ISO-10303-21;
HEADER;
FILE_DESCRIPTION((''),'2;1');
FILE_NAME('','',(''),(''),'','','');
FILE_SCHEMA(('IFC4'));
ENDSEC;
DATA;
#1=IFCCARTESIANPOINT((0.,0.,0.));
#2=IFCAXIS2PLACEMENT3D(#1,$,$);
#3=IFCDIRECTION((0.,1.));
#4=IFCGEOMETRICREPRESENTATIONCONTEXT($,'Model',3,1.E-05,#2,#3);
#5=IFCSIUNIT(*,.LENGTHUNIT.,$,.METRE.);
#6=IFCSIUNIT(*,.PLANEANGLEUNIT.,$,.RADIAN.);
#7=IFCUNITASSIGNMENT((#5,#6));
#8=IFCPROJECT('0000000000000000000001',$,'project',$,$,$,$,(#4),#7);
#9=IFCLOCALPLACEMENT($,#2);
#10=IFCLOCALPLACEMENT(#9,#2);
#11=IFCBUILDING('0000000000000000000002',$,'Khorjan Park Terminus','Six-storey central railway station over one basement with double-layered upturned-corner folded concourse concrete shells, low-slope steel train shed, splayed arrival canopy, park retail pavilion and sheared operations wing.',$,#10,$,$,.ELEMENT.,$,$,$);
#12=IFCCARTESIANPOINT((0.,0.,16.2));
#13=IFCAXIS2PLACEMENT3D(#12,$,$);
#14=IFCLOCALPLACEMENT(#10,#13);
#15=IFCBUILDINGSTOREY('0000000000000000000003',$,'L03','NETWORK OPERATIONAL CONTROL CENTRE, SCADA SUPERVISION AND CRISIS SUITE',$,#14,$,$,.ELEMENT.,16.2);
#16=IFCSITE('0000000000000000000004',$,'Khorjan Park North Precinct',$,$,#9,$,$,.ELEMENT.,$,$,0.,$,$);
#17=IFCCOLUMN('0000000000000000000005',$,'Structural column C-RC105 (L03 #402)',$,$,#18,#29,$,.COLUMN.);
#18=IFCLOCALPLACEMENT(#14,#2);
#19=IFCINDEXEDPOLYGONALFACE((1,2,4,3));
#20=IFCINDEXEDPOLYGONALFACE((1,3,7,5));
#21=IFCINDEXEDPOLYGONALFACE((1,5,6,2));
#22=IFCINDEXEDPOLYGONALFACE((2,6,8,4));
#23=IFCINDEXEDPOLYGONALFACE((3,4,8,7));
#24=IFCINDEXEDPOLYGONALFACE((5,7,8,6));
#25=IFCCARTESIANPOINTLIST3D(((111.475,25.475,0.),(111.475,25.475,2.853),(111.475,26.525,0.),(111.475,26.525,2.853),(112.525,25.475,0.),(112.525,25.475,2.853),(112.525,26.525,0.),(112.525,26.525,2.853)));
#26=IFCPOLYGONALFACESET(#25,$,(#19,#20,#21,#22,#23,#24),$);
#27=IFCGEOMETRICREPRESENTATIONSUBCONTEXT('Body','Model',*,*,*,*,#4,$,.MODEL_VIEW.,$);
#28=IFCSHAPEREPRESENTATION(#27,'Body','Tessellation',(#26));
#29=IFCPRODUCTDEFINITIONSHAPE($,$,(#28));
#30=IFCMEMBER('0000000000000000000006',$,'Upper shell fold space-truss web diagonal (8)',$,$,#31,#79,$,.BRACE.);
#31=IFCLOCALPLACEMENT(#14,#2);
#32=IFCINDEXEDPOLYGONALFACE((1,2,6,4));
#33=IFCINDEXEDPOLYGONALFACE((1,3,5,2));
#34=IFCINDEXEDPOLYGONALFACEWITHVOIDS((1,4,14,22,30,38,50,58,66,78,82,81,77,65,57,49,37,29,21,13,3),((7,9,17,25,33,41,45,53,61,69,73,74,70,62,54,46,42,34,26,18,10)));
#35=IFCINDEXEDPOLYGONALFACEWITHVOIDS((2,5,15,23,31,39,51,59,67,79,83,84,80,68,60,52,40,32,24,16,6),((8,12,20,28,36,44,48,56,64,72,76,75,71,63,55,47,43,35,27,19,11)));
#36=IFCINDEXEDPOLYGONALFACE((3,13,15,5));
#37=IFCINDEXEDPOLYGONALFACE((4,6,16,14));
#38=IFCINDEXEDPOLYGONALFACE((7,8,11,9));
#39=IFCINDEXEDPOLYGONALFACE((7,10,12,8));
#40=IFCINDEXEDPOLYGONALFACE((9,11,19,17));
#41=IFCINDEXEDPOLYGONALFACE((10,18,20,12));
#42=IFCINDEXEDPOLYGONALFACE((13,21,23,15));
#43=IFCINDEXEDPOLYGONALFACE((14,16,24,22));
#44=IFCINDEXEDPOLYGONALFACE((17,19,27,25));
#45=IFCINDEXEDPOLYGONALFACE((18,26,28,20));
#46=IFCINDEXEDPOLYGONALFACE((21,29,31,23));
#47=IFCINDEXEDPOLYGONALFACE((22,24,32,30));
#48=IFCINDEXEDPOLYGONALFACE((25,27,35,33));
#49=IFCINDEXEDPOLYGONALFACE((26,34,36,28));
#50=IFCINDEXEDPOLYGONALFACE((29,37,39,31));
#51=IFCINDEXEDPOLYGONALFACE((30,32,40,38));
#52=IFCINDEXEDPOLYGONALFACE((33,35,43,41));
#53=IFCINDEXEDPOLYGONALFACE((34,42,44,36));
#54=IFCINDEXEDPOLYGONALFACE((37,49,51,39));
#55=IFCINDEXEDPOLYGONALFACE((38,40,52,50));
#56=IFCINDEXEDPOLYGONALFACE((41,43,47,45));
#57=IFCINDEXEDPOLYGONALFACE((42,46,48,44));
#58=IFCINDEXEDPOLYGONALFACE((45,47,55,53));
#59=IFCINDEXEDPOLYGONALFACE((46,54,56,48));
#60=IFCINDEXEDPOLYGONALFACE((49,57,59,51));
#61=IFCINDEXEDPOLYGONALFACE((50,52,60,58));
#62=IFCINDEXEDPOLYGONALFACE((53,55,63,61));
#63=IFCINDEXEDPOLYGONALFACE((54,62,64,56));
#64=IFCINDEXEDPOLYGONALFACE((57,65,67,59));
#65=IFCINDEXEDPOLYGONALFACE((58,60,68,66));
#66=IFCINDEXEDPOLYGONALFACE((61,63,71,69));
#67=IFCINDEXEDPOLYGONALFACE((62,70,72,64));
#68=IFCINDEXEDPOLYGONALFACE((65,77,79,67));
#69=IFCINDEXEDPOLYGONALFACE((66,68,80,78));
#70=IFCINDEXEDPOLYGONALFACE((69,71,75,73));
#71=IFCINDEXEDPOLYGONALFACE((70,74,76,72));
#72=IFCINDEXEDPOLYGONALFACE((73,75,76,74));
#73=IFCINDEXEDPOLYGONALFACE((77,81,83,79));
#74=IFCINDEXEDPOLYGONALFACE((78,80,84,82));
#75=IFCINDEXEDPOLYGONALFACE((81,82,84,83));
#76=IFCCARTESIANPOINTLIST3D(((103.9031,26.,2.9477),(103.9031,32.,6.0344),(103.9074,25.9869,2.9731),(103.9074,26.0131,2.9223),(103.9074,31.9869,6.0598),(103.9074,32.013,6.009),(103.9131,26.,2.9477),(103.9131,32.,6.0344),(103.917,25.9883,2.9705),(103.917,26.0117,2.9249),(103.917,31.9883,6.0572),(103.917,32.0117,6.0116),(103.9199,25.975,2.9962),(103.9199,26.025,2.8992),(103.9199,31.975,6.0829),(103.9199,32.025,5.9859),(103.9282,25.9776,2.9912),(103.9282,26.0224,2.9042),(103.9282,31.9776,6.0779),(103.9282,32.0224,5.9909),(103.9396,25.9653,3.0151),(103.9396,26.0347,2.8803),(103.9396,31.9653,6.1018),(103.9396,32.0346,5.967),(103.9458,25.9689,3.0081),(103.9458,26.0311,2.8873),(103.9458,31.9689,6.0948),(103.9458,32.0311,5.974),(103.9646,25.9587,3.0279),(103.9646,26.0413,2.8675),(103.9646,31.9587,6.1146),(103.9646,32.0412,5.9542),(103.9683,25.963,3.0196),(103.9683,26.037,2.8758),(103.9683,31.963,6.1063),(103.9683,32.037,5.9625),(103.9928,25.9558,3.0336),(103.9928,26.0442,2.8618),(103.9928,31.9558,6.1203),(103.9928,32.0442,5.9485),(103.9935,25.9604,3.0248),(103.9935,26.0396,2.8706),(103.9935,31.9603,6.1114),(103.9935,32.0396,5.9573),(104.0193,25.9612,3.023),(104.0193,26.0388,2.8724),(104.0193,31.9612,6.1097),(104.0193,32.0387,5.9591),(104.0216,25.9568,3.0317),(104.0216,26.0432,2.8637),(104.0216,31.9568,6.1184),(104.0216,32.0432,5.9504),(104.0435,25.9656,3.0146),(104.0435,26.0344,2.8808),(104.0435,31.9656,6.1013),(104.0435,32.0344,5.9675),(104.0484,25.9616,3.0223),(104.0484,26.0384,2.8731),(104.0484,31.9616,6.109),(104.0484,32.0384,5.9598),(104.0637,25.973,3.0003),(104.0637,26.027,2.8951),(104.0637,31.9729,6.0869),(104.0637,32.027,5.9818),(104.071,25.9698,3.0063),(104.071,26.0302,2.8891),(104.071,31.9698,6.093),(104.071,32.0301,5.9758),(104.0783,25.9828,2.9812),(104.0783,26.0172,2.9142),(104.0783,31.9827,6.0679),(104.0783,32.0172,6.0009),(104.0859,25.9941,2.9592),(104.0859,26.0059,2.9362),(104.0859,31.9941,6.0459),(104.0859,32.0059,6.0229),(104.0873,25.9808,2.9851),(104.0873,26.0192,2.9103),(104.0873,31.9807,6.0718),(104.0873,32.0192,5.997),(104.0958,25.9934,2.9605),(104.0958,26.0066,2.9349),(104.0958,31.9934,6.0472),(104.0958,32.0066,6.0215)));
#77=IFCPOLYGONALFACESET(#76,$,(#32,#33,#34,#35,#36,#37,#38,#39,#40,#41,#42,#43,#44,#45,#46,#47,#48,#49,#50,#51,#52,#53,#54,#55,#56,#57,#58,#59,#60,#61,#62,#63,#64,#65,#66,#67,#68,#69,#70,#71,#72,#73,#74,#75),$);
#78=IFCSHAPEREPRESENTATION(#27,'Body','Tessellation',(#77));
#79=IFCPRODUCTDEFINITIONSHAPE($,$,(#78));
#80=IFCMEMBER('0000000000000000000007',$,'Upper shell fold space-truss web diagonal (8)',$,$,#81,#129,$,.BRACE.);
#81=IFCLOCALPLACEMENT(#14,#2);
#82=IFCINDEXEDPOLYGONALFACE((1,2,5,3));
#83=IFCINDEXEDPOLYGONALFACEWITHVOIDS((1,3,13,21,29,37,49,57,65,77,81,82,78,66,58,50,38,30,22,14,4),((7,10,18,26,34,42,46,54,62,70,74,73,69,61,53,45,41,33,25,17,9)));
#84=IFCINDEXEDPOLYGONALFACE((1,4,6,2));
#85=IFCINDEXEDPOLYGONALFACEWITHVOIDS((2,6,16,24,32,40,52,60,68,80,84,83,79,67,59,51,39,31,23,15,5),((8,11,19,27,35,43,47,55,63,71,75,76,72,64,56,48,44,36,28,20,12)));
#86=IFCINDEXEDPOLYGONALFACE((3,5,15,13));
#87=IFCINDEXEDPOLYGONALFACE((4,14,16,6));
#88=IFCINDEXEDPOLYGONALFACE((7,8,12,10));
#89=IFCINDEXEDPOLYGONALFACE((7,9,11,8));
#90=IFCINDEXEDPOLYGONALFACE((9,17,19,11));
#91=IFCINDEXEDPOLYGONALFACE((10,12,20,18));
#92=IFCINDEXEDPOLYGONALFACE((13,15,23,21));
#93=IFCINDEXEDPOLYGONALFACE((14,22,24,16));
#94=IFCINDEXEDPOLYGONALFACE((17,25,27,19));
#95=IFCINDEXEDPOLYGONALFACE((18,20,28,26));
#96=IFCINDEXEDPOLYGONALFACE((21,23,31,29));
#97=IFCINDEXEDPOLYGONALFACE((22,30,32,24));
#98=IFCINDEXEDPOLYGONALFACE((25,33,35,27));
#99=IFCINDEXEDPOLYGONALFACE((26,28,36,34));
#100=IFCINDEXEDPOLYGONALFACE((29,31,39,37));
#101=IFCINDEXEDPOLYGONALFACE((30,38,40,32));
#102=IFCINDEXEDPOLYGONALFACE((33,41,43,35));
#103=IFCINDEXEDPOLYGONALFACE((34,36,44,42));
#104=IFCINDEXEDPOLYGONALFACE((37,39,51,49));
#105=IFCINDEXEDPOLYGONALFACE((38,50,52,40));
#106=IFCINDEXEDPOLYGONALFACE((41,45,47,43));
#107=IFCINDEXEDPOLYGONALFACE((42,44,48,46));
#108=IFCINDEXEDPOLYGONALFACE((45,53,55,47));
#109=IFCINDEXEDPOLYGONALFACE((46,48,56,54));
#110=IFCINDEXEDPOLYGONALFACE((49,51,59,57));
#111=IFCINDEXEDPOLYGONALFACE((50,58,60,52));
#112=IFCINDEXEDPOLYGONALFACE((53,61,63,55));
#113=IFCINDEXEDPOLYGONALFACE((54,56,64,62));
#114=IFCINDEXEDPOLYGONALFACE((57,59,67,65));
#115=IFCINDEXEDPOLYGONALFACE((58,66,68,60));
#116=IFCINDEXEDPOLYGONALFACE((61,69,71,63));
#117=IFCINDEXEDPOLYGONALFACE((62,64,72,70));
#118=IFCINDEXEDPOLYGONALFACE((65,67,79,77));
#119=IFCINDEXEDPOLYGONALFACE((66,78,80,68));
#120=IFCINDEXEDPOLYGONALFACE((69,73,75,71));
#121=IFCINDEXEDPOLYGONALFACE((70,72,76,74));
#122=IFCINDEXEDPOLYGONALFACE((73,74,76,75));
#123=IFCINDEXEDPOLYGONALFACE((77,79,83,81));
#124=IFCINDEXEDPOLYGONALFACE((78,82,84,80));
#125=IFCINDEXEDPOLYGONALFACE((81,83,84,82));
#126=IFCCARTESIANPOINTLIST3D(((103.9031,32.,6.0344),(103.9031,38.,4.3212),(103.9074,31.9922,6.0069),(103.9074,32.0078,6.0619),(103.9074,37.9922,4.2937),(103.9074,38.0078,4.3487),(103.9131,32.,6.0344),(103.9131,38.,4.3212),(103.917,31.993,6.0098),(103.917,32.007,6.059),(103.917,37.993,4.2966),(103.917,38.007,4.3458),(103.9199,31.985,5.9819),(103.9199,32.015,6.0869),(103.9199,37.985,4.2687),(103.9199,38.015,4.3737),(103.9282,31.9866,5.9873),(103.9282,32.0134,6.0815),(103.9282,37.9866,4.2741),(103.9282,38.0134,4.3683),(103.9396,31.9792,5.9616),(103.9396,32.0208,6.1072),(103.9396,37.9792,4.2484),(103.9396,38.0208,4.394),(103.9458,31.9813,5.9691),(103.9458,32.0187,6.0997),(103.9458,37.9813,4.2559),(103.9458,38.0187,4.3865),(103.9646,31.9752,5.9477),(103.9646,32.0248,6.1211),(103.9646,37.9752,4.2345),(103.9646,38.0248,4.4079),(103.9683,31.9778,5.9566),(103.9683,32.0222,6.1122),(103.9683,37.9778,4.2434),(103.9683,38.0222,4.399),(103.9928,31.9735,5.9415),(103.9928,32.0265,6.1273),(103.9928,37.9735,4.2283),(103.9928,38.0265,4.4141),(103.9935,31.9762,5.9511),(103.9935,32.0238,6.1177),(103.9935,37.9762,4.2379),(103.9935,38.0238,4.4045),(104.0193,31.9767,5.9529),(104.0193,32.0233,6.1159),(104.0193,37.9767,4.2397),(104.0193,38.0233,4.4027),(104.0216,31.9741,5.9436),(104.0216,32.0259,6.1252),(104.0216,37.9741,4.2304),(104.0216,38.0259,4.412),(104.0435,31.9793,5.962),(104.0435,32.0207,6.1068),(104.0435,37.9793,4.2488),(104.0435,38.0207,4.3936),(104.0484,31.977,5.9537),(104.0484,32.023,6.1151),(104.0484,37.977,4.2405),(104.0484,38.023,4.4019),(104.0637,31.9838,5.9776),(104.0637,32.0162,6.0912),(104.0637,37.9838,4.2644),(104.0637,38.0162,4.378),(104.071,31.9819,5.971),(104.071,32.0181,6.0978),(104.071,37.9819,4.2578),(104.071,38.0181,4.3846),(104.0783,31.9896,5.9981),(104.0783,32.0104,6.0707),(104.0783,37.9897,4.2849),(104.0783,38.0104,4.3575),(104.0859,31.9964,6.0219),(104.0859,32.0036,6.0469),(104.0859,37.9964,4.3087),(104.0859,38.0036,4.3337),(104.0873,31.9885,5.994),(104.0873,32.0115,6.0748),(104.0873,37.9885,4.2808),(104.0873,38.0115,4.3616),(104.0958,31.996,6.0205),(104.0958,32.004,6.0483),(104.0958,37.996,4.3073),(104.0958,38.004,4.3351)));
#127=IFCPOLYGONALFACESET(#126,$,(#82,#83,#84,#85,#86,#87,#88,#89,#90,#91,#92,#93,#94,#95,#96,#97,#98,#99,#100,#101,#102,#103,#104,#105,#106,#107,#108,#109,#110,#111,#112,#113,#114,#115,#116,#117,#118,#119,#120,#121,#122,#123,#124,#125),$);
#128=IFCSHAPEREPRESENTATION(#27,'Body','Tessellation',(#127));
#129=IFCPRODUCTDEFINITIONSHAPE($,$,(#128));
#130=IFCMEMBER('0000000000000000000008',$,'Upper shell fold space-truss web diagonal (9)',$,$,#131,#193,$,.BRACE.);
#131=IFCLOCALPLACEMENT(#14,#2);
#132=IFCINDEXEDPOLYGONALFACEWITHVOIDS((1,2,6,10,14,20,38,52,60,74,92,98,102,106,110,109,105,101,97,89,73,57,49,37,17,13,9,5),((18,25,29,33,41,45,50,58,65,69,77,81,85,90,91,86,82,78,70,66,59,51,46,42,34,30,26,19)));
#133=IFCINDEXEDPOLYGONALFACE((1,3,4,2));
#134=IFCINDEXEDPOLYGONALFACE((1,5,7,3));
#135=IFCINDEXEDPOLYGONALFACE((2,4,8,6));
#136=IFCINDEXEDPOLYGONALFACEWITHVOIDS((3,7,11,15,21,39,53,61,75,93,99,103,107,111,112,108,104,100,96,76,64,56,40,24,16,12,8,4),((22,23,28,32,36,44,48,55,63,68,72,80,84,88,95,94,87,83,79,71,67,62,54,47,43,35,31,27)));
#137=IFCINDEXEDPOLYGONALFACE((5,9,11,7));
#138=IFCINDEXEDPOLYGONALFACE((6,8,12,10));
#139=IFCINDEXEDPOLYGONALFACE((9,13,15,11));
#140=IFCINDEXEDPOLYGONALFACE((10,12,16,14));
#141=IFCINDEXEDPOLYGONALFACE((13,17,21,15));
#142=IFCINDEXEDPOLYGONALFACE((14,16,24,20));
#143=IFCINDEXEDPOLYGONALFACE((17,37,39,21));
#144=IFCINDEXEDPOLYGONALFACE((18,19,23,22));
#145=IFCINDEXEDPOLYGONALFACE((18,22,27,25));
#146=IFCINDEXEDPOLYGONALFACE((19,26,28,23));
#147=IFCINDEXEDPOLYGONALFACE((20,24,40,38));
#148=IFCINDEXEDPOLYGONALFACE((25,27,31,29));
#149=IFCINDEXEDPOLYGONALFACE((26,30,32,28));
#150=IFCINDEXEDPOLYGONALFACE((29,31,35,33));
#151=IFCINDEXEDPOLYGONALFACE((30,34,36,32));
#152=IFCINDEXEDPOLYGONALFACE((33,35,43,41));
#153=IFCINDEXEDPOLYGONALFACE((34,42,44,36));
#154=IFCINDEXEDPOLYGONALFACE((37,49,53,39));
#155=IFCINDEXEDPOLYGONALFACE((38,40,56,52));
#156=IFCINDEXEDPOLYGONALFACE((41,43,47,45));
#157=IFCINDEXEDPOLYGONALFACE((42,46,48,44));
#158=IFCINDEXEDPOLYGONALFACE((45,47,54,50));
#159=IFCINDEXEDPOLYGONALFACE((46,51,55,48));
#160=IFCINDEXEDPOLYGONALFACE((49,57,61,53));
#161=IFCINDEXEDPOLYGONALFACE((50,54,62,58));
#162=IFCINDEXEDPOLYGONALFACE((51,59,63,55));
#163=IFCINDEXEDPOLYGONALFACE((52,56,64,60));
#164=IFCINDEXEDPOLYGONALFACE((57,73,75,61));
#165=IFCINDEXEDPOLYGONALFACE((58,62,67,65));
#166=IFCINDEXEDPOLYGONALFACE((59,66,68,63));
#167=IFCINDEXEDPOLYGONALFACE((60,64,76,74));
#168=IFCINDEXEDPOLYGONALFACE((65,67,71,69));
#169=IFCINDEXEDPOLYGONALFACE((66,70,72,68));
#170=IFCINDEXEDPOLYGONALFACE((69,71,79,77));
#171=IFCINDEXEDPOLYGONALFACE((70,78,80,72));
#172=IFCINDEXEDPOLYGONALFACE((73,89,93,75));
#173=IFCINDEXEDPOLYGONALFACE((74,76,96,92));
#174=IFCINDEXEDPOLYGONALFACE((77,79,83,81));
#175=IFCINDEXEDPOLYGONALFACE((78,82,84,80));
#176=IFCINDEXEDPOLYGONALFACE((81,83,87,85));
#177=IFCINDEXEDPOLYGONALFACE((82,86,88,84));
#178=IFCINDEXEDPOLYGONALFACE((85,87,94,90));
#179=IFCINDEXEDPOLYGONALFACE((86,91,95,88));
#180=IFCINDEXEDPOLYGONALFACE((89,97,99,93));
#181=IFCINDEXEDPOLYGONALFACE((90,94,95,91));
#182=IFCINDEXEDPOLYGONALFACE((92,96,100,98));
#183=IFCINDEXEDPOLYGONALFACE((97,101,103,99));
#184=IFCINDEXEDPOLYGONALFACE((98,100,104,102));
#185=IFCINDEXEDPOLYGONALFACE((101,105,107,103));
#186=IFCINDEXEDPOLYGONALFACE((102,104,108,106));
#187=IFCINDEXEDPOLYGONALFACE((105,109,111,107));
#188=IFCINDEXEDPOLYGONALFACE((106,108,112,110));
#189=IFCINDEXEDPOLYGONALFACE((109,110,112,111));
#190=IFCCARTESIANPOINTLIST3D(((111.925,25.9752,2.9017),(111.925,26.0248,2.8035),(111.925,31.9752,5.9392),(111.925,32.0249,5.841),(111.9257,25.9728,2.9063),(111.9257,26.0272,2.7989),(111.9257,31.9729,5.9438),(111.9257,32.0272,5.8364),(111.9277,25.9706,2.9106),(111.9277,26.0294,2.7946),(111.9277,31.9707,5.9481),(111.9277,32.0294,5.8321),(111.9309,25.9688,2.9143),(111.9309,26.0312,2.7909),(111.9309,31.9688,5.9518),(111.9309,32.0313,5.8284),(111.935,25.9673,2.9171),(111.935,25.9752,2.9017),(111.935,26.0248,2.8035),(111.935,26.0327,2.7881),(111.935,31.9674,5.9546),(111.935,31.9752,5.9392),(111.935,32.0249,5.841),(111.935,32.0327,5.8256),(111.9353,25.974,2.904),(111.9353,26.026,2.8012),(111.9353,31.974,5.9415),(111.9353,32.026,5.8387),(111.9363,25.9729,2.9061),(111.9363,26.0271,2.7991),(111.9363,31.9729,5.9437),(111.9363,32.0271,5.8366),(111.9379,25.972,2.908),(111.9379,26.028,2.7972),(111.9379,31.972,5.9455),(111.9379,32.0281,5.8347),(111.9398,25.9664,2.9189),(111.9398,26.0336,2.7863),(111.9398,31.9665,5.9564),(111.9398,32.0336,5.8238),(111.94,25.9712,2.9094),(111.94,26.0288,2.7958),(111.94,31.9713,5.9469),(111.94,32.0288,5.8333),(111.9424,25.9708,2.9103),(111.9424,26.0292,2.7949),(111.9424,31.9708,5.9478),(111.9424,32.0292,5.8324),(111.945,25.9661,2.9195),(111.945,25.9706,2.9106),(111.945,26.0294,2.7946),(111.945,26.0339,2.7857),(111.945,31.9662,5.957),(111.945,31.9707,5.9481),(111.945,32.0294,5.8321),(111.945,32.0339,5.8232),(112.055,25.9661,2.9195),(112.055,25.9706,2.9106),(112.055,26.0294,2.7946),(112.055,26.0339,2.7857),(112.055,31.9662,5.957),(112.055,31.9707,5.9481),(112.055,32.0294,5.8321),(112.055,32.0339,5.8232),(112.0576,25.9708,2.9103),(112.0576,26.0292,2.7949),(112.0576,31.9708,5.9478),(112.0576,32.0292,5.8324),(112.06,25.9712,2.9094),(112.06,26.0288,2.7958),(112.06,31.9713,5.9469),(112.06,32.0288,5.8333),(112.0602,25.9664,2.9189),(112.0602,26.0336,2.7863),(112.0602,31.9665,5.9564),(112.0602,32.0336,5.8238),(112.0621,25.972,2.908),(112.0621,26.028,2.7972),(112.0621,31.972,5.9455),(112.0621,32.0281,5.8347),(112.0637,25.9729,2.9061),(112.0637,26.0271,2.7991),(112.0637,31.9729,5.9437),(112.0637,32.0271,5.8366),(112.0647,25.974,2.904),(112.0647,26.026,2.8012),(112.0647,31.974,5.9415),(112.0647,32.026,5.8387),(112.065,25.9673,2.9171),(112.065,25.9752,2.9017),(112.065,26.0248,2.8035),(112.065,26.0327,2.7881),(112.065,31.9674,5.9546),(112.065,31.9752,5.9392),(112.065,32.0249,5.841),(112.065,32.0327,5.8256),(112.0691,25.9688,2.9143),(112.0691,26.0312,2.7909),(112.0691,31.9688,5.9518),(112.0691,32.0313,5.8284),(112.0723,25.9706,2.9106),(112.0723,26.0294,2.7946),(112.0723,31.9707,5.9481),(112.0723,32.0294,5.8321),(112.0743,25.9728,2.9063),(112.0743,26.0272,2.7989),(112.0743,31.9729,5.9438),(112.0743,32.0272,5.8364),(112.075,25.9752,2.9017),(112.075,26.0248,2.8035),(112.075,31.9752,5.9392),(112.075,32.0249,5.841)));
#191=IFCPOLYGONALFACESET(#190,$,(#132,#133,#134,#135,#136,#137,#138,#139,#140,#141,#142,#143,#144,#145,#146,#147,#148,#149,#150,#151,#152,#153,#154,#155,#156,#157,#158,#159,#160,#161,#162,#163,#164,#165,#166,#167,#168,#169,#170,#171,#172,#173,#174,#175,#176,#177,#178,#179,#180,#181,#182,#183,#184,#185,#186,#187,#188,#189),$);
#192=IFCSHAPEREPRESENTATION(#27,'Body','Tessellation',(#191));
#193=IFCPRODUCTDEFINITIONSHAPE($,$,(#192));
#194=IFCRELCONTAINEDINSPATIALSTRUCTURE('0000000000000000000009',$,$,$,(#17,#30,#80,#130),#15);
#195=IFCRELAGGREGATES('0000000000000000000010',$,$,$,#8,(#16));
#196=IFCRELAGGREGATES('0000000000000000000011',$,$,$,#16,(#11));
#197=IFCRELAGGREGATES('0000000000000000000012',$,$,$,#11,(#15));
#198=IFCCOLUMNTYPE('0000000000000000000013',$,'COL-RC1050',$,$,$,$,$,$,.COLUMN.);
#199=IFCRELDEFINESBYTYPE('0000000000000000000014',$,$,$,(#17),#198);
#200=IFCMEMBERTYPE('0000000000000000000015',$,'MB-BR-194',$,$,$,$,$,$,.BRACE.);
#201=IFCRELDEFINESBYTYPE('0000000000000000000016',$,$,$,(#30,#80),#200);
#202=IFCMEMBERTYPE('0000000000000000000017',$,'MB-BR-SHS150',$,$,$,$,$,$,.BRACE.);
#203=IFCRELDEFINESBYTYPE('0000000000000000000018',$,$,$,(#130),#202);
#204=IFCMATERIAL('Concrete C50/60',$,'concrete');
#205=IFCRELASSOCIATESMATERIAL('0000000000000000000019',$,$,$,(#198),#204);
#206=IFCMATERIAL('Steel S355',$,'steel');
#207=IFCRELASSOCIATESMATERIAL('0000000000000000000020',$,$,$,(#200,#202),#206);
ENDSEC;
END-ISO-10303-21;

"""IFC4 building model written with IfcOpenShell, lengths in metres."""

from ifc_helpers import new_model, si_unit, direction, frame, origin, origin_2d, place, context, subcontext, project, spatial, rectangle, hollow_rectangle, hollow_circle, extrude, material, material_profile, profile_set, type_object, element, save


model = new_model("IFC4")

# Units and contexts
model_context = context("Model", 3, precision=1e-05, world=origin(), true_north=direction((0.0, 1.0)))
body_context = subcontext(model_context, "Body", "Model", "MODEL_VIEW")
ifc_project = project(units=[si_unit("LENGTHUNIT", "METRE"), si_unit("PLANEANGLEUNIT", "RADIAN")], contexts=[model_context])

# Site, building, storey
site_placement = place(None, origin())
site = spatial("IfcSite", under=ifc_project, at=site_placement, Name="Khorjan Park North Precinct", CompositionType="ELEMENT", RefElevation=0.0)
building_placement = place(site_placement, origin())
building = spatial("IfcBuilding", under=site, at=building_placement, Name="Khorjan Park Terminus", Description="Six-storey central railway station over one basement with double-layered upturned-corner folded concourse concrete shells, low-slope steel train shed, splayed arrival canopy, park retail pavilion and sheared operations wing.", CompositionType="ELEMENT")
storey_placement = place(building_placement, frame((0.0, 0.0, 16.2)))
storey = spatial("IfcBuildingStorey", under=building, at=storey_placement, Name="L03", Description="NETWORK OPERATIONAL CONTROL CENTRE, SCADA SUPERVISION AND CRISIS SUITE", CompositionType="ELEMENT", Elevation=16.2)

# Column
ifc_material_1 = material(Name="Concrete C50/60", Category="concrete")
ifc_material_profile_1 = material_profile(ifc_material_1, rectangle(XDim=1.05, YDim=1.05, at=origin_2d()), Name="RC 1050x1050")
ifc_profile_set_1 = profile_set([ifc_material_profile_1], Name="Concrete C50/60")
column_type = type_object("IfcColumnType", Name="COL-RC1050", PredefinedType="COLUMN", material=ifc_profile_set_1)
column_placement = place(storey_placement, frame((112.0, 26.0, 0.0), z_axis=(0.0, 0.0, 1.0), x_axis=(1.0, 0.0, 0.0)))
element("IfcColumn", 1, at=column_placement, inside=storey, type_object=column_type, Name="Structural column C-RC105 (L03 #402)", PredefinedType="COLUMN", context=body_context, shape_type="SweptSolid", body=[
    extrude(rectangle(XDim=1.05, YDim=1.05, at=origin_2d()), origin(), (0.0, 0.0, 1.0), 2.853),
])

# Members
ifc_material_2 = material(Name="Steel S355", Category="steel")
ifc_material_profile_2 = material_profile(ifc_material_2, hollow_circle(Radius=0.0969, WallThickness=0.01, at=origin_2d()), Name="CHS 193.7x10")
ifc_profile_set_2 = profile_set([ifc_material_profile_2], Name="Steel S355")
member_type_1 = type_object("IfcMemberType", Name="MB-BR-194", PredefinedType="BRACE", material=ifc_profile_set_2)
member_1_placement = place(storey_placement, frame((104.0, 26.0, 2.9477), z_axis=(0.0, 0.889228, 0.457464), x_axis=(-1.0, 0.0, 0.0)))
element("IfcMember", 2, at=member_1_placement, inside=storey, type_object=member_type_1, Name="Upper shell fold space-truss web diagonal (8)", PredefinedType="BRACE", context=body_context, shape_type="SweptSolid", body=[
    extrude(hollow_circle(Radius=0.0969, WallThickness=0.01, at=origin_2d()), origin(), (0.0, 0.0, 1.0), 6.7474),
])
member_2_placement = place(storey_placement, frame((104.0, 32.0, 6.0344), z_axis=(0.0, 0.96157, -0.27456), x_axis=(-1.0, 0.0, 0.0)))
element("IfcMember", 3, at=member_2_placement, inside=storey, type_object=member_type_1, Name="Upper shell fold space-truss web diagonal (8)", PredefinedType="BRACE", context=body_context, shape_type="SweptSolid", body=[
    extrude(hollow_circle(Radius=0.0969, WallThickness=0.01, at=origin_2d()), origin(), (0.0, 0.0, 1.0), 6.2398),
])
ifc_material_profile_3 = material_profile(ifc_material_2, hollow_rectangle(XDim=0.15, YDim=0.15, WallThickness=0.01, InnerFilletRadius=0.01, OuterFilletRadius=0.02, at=origin_2d()), Name="SHS 150x150x10")
ifc_profile_set_3 = profile_set([ifc_material_profile_3], Name="Steel S355")
member_type_2 = type_object("IfcMemberType", Name="MB-BR-SHS150", PredefinedType="BRACE", material=ifc_profile_set_3)
member_3_placement = place(storey_placement, frame((112.0, 26.0, 2.8526), z_axis=(0.0, 0.892186, 0.451669), x_axis=(-1.0, 0.0, 0.0)))
element("IfcMember", 4, at=member_3_placement, inside=storey, type_object=member_type_2, Name="Upper shell fold space-truss web diagonal (9)", PredefinedType="BRACE", context=body_context, shape_type="SweptSolid", body=[
    extrude(hollow_rectangle(XDim=0.15, YDim=0.15, WallThickness=0.01, InnerFilletRadius=0.01, OuterFilletRadius=0.02, at=origin_2d()), origin(), (0.0, 0.0, 1.0), 6.7251),
])

save(model, "model.ifc")
